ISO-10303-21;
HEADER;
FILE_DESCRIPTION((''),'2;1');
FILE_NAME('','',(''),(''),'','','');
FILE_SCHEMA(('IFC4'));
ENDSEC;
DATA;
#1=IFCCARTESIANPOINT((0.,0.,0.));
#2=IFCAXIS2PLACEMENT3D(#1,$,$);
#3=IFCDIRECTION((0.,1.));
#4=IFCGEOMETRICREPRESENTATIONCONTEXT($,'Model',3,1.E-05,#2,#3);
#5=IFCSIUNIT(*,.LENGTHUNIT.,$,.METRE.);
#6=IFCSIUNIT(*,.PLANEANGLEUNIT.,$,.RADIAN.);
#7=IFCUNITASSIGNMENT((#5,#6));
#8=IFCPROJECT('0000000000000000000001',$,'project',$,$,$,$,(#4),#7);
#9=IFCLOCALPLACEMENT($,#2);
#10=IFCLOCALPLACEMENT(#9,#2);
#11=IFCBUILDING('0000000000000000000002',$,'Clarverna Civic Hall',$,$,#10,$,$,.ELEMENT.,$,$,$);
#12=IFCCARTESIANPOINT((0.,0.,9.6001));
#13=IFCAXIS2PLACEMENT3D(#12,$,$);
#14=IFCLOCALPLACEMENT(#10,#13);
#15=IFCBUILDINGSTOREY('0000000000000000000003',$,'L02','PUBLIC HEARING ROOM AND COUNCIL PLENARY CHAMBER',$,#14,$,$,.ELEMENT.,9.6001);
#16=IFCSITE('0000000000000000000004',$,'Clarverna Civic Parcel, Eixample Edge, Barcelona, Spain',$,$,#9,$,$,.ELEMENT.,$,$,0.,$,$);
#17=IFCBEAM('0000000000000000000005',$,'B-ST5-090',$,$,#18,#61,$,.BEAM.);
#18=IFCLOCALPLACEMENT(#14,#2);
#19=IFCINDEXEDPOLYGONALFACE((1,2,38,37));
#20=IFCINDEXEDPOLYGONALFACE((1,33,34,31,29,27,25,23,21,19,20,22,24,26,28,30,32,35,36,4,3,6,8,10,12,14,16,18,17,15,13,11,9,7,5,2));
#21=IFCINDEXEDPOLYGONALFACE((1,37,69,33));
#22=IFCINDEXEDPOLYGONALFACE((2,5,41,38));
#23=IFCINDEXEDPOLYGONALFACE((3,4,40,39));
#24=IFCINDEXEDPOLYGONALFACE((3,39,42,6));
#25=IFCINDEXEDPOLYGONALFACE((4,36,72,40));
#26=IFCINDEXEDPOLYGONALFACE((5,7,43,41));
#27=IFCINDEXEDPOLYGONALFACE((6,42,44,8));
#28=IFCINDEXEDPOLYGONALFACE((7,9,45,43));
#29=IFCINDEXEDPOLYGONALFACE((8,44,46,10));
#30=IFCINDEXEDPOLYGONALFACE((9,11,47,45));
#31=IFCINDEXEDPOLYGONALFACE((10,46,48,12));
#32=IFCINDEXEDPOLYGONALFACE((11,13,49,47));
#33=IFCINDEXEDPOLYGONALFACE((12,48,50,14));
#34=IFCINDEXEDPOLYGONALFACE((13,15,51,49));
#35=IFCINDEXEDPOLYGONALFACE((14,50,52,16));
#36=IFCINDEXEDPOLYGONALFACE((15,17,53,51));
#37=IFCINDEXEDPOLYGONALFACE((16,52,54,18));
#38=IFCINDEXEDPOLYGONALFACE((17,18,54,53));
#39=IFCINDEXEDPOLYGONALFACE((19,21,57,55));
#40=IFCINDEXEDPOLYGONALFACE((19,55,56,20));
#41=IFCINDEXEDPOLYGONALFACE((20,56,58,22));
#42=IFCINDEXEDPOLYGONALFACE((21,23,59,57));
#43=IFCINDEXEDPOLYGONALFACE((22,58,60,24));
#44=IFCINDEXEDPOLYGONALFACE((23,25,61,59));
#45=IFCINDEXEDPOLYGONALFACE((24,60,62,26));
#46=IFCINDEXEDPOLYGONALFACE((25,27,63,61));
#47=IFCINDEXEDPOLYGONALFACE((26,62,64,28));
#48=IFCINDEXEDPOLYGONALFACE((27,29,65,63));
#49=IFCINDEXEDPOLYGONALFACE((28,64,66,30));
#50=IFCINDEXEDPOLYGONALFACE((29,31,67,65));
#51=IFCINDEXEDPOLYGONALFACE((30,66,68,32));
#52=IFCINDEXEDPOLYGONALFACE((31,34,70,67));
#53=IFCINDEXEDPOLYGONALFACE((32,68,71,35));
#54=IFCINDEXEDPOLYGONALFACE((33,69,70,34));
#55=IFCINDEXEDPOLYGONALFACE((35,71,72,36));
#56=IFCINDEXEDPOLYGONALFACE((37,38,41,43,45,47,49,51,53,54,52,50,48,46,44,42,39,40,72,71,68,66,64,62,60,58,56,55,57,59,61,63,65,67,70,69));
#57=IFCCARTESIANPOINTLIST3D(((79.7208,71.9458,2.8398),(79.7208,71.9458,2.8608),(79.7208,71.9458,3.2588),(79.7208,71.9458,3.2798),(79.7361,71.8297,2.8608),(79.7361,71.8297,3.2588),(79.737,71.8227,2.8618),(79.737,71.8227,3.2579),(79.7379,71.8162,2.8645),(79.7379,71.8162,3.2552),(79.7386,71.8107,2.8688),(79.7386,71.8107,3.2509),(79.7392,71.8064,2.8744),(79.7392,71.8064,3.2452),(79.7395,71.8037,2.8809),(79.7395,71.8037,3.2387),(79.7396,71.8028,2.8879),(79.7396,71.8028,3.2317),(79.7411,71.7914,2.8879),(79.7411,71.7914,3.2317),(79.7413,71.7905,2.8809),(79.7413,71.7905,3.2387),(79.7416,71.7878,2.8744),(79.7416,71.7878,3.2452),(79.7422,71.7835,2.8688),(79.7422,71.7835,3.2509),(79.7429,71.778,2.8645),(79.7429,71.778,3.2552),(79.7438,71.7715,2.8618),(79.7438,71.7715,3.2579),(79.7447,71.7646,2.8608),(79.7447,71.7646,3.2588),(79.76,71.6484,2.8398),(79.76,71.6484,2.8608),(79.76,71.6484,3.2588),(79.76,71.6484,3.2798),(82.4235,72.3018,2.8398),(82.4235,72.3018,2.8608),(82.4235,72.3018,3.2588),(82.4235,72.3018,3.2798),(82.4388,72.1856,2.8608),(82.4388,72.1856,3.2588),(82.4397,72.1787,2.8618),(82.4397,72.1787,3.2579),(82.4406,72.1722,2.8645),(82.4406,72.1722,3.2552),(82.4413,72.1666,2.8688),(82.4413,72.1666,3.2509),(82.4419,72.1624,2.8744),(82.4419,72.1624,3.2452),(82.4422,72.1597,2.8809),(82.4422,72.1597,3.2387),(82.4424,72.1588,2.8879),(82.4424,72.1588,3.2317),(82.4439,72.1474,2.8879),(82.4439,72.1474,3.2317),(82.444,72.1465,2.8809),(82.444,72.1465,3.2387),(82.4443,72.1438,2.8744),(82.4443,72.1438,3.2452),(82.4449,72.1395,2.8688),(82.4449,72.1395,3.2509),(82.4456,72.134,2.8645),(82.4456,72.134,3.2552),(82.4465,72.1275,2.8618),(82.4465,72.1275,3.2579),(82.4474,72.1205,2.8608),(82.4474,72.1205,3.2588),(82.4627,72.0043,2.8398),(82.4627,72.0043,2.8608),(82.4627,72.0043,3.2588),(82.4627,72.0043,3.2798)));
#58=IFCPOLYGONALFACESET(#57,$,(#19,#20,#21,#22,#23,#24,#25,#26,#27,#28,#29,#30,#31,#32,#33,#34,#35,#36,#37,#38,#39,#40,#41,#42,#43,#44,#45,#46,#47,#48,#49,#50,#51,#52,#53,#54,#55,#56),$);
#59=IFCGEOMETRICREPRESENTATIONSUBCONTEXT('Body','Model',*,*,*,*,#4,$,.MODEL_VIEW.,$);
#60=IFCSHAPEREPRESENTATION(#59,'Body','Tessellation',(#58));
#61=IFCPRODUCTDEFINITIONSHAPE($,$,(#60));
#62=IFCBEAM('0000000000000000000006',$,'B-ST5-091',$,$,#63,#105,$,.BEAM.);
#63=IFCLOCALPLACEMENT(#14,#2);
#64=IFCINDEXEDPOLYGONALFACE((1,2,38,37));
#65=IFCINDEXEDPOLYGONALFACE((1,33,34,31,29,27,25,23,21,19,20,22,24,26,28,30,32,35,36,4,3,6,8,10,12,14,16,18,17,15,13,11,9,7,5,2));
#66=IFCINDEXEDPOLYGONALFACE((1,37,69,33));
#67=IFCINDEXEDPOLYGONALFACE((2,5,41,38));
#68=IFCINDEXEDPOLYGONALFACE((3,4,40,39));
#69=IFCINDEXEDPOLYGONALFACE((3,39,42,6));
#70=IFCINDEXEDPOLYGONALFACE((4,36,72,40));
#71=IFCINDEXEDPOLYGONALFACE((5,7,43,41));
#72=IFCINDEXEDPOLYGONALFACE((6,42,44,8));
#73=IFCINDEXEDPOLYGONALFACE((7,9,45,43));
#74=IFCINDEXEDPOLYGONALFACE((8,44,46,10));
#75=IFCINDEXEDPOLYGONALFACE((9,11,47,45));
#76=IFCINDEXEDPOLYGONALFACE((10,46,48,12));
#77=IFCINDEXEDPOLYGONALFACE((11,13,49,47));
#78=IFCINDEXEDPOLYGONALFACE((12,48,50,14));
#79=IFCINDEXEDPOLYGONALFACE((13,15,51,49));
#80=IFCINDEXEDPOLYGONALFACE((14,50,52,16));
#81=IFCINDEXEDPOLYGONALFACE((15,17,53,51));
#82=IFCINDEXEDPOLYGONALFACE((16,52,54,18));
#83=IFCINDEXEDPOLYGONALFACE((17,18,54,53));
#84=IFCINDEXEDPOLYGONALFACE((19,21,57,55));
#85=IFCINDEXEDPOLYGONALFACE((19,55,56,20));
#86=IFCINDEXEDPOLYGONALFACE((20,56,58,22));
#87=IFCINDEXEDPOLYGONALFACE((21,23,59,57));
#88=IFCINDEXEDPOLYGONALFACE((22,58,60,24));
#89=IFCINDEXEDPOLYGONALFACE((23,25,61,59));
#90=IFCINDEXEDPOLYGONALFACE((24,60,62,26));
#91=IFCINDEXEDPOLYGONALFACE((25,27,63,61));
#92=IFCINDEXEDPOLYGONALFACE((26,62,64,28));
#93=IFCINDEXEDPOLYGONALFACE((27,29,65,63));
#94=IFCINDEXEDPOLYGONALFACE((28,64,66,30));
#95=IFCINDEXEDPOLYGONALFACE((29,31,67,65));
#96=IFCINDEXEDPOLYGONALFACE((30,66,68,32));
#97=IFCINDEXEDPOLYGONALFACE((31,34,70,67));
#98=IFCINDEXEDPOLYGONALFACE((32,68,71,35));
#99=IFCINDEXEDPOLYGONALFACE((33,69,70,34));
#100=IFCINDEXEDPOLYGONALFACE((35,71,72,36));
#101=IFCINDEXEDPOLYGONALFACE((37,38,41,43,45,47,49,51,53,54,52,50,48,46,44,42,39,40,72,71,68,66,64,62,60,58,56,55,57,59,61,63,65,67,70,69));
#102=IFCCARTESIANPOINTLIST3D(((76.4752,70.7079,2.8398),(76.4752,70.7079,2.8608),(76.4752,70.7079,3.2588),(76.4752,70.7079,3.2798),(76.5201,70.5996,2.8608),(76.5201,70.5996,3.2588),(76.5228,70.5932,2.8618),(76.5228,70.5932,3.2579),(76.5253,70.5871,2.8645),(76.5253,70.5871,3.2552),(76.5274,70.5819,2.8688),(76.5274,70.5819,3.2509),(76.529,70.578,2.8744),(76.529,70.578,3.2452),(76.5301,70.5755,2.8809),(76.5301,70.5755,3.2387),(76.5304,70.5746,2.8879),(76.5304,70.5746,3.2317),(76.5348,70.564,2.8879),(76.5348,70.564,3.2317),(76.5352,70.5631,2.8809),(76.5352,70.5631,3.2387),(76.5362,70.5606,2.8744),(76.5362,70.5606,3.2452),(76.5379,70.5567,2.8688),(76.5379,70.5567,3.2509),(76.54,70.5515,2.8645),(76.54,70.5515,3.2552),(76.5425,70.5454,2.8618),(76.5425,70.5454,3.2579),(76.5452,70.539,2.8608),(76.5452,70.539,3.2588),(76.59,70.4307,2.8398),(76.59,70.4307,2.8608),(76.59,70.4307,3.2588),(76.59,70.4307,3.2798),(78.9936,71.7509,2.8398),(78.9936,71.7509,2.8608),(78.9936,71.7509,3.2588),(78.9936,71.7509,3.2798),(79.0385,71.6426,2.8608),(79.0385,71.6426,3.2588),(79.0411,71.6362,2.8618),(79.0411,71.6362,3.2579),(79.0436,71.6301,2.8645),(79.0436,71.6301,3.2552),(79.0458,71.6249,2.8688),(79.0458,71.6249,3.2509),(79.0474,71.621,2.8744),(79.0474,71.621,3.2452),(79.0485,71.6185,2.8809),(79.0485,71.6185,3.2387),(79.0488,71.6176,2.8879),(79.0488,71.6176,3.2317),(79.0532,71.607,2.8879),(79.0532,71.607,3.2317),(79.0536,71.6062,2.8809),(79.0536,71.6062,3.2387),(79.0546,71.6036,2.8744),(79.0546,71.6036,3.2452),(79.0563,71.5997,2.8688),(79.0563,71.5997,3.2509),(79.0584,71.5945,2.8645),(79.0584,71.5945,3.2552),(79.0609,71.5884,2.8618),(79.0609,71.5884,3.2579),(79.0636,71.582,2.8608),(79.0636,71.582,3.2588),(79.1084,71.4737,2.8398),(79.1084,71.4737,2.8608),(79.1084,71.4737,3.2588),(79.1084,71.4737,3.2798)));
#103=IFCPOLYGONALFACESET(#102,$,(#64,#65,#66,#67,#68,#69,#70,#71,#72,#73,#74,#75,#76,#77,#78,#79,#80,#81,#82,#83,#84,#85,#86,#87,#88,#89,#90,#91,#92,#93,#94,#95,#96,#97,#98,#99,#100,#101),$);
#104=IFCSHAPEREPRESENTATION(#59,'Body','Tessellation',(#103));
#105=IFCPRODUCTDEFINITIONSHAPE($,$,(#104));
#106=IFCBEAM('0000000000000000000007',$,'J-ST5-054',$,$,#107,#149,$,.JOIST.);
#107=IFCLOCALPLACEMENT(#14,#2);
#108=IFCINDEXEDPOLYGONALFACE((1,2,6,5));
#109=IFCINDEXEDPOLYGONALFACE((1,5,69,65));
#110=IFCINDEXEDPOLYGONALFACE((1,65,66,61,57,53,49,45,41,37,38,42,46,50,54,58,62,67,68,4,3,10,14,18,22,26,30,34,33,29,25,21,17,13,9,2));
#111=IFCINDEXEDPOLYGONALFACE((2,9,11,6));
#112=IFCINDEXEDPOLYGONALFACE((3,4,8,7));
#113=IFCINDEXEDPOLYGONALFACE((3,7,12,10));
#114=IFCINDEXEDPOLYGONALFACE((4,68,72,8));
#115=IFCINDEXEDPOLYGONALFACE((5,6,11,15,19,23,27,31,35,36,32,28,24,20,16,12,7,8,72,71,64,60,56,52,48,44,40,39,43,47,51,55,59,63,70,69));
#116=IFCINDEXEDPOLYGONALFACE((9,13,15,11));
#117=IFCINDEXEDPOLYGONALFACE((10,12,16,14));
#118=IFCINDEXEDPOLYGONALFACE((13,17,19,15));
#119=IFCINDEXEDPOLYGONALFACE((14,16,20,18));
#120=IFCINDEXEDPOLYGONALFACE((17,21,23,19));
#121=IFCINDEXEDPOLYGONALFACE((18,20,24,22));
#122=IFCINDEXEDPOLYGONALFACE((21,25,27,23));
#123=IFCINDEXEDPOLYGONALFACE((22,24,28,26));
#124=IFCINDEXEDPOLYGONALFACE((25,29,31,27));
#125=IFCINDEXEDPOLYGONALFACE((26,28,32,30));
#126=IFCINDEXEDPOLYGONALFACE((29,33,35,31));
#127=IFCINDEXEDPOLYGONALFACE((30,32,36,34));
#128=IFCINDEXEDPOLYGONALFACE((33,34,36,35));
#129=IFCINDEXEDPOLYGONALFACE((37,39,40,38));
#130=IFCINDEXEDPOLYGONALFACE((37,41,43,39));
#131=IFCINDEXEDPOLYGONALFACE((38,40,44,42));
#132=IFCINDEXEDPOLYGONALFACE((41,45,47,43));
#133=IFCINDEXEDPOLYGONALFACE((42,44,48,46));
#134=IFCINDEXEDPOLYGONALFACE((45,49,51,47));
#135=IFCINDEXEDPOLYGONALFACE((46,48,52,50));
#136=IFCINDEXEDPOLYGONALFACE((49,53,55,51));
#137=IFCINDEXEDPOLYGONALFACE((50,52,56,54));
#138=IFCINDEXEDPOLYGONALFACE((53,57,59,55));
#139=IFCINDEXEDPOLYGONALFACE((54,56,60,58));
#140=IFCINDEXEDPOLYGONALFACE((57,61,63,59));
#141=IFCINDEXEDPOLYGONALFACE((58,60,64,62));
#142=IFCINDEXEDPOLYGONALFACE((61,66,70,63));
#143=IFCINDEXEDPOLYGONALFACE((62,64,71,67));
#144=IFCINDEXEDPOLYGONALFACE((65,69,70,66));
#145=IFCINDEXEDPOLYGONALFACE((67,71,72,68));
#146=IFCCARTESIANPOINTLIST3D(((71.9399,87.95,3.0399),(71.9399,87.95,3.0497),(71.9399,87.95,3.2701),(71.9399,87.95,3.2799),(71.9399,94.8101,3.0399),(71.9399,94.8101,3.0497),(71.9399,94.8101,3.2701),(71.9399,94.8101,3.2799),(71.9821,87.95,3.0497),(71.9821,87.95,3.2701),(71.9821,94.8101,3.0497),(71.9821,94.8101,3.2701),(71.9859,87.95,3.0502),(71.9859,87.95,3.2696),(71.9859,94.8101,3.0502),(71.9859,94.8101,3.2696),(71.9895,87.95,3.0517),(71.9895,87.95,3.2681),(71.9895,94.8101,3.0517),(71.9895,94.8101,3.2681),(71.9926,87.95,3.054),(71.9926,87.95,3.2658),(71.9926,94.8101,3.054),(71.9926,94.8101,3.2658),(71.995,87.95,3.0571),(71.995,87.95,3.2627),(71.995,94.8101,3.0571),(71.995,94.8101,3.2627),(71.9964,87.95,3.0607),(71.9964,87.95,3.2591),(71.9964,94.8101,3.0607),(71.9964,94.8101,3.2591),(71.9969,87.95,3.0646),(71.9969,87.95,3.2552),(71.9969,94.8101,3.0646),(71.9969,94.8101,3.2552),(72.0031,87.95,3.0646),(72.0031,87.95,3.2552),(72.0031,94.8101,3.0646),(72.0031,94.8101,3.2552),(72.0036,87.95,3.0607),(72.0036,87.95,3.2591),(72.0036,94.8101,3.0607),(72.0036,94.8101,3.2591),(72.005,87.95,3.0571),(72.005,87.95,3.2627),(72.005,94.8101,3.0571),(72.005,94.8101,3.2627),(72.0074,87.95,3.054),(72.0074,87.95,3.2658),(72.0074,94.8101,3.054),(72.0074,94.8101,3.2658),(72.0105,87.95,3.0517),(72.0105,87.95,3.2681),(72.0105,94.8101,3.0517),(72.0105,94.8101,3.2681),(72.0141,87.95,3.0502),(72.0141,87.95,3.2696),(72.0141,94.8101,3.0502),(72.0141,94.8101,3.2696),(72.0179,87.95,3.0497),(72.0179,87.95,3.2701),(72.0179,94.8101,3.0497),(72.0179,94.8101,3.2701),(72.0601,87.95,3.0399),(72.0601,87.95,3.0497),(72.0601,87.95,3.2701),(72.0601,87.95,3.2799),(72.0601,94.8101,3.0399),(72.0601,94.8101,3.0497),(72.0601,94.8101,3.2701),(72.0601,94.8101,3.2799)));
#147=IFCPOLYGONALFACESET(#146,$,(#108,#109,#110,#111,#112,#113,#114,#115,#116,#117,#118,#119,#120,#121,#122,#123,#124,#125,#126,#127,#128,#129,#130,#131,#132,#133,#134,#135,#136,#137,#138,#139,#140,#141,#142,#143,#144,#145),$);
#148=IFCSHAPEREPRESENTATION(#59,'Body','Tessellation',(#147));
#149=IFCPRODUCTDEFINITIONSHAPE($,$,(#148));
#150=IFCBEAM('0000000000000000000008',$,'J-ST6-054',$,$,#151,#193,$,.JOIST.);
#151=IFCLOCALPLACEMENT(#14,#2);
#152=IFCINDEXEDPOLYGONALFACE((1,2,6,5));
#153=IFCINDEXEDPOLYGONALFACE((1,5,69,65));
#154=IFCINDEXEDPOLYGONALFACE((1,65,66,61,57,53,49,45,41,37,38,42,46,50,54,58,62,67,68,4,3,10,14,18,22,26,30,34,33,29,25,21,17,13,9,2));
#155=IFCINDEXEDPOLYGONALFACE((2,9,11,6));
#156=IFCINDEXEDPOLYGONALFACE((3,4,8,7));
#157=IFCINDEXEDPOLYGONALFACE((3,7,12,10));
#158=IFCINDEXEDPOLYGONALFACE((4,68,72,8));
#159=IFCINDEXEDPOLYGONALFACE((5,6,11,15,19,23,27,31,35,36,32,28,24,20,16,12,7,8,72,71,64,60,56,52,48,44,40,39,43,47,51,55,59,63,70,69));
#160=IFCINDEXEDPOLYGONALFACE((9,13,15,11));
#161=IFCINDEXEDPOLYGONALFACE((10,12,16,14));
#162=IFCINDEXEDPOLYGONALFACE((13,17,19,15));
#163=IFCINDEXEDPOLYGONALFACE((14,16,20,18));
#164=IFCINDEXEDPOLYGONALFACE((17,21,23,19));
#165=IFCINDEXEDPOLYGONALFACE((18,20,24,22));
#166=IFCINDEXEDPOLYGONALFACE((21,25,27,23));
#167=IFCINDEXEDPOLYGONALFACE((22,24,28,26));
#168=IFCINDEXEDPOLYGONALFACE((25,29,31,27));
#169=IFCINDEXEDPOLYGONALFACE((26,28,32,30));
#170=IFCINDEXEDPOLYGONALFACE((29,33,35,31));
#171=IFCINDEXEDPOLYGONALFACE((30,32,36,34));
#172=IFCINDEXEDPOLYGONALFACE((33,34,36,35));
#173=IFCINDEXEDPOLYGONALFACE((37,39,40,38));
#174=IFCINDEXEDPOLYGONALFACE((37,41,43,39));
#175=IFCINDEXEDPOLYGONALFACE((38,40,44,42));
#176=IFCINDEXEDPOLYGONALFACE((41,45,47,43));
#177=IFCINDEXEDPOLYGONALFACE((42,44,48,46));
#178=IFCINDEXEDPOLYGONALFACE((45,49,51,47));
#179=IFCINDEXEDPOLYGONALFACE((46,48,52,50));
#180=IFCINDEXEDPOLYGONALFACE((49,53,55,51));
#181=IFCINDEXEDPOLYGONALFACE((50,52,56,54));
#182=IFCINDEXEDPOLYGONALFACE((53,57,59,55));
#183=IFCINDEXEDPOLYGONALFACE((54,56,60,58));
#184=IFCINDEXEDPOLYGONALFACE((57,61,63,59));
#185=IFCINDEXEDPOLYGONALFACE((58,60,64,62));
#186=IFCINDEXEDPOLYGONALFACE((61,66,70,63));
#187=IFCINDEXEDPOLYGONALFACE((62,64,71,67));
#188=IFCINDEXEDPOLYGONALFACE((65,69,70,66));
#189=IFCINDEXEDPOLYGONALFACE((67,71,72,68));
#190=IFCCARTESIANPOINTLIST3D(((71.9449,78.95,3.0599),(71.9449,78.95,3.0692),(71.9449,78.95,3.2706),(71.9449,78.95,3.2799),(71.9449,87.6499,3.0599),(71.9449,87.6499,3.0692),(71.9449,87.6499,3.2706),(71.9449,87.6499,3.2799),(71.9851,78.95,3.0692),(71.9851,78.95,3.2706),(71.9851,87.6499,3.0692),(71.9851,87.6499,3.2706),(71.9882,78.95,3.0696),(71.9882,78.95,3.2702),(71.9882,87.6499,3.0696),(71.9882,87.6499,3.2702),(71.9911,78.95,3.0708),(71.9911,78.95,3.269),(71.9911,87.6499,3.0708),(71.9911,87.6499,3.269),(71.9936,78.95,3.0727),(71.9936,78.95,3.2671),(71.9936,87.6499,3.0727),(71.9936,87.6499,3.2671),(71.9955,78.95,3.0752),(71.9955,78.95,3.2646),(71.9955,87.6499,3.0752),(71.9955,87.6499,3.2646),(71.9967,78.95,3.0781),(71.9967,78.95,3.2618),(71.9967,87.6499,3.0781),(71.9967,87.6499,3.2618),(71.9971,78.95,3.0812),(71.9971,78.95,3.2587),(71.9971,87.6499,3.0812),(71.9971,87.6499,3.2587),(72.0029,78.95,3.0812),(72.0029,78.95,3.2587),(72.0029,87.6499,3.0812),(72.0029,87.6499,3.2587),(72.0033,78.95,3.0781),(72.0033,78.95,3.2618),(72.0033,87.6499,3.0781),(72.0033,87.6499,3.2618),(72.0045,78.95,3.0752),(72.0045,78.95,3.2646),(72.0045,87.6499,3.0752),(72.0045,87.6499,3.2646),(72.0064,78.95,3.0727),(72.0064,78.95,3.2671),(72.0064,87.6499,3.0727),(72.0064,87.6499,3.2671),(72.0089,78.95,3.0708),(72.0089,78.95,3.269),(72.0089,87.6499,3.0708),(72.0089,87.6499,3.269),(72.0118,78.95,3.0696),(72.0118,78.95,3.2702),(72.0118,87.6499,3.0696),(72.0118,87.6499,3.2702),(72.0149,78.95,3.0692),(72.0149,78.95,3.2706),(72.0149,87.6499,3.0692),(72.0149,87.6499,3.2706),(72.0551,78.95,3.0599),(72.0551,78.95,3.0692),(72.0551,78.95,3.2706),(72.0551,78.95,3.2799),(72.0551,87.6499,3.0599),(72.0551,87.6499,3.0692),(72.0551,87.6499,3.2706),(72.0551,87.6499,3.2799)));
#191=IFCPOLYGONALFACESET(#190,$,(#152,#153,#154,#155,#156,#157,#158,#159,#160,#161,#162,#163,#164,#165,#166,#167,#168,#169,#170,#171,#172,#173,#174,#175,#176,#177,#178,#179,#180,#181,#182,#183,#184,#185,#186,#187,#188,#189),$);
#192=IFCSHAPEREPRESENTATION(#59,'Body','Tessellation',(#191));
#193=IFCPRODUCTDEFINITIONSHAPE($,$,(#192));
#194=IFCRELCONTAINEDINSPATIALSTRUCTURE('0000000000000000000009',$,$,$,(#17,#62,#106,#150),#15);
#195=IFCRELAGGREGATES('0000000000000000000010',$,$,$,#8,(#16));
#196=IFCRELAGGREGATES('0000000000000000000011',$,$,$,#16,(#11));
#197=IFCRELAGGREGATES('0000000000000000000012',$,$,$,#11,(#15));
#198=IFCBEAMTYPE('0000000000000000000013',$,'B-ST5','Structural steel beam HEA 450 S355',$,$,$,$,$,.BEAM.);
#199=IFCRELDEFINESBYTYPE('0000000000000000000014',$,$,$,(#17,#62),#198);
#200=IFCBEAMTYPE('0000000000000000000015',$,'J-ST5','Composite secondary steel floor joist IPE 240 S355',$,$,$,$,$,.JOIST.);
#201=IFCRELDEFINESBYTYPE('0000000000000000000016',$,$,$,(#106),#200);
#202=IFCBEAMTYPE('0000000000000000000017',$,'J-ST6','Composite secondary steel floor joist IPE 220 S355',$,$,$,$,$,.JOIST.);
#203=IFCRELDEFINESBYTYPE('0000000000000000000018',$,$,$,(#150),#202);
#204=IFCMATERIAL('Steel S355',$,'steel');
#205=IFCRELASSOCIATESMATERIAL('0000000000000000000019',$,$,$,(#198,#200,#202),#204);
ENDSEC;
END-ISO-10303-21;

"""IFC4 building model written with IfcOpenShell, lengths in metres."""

from ifc_helpers import new_model, si_unit, direction, frame, origin, origin_2d, place, context, subcontext, project, spatial, i_section, extrude, material, material_profile, profile_set, type_object, element, save


model = new_model("IFC4")

# Units and contexts
model_context = context("Model", 3, precision=1e-05, world=origin(), true_north=direction((0.0, 1.0)))
body_context = subcontext(model_context, "Body", "Model", "MODEL_VIEW")
ifc_project = project(units=[si_unit("LENGTHUNIT", "METRE"), si_unit("PLANEANGLEUNIT", "RADIAN")], contexts=[model_context])

# Site, building, storey
site_placement = place(None, origin())
site = spatial("IfcSite", under=ifc_project, at=site_placement, Name="Clarverna Civic Parcel, Eixample Edge, Barcelona, Spain", CompositionType="ELEMENT", RefElevation=0.0)
building_placement = place(site_placement, origin())
building = spatial("IfcBuilding", under=site, at=building_placement, Name="Clarverna Civic Hall", CompositionType="ELEMENT")
storey_placement = place(building_placement, frame((0.0, 0.0, 9.6001)))
storey = spatial("IfcBuildingStorey", under=building, at=storey_placement, Name="L02", Description="PUBLIC HEARING ROOM AND COUNCIL PLENARY CHAMBER", CompositionType="ELEMENT", Elevation=9.6001)

# Beams
ifc_material_1 = material(Name="Steel S355", Category="steel")
ifc_material_profile_1 = material_profile(ifc_material_1, i_section(OverallWidth=0.3, OverallDepth=0.4399, WebThickness=0.0115, FlangeThickness=0.021, FilletRadius=0.0271, at=origin_2d()), Name="HEA 450")
ifc_profile_set_1 = profile_set([ifc_material_profile_1], Name="Steel S355")
beam_type_1 = type_object("IfcBeamType", Name="B-ST5", Description="Structural steel beam HEA 450 S355", PredefinedType="BEAM", material=ifc_profile_set_1)
beam_1_placement = place(storey_placement, frame((82.4431, 72.1531, 3.0598), z_axis=(-0.991438, -0.13058, 0.0), x_axis=(0.13058, -0.991438, 0.0)))
element("IfcBeam", 1, at=beam_1_placement, inside=storey, type_object=beam_type_1, Name="B-ST5-090", PredefinedType="BEAM", context=body_context, shape_type="SweptSolid", body=[
    extrude(i_section(OverallWidth=0.3, OverallDepth=0.4399, WebThickness=0.0115, FlangeThickness=0.021, FilletRadius=0.0271, at=origin_2d()), origin(), (0.0, 0.0, 1.0), 2.7261),
])
beam_2_placement = place(storey_placement, frame((79.051, 71.6123, 3.0598), z_axis=(-0.923899, -0.382637, 0.0), x_axis=(0.382637, -0.923899, 0.0)))
element("IfcBeam", 2, at=beam_2_placement, inside=storey, type_object=beam_type_1, Name="B-ST5-091", PredefinedType="BEAM", context=body_context, shape_type="SweptSolid", body=[
    extrude(i_section(OverallWidth=0.3, OverallDepth=0.4399, WebThickness=0.0115, FlangeThickness=0.021, FilletRadius=0.0271, at=origin_2d()), origin(), (0.0, 0.0, 1.0), 2.7258),
])
ifc_material_profile_2 = material_profile(ifc_material_1, i_section(OverallWidth=0.1201, OverallDepth=0.24, WebThickness=0.0061, FlangeThickness=0.0098, FilletRadius=0.0149, at=origin_2d()), Name="IPE 240")
ifc_profile_set_2 = profile_set([ifc_material_profile_2], Name="Steel S355")
beam_type_2 = type_object("IfcBeamType", Name="J-ST5", Description="Composite secondary steel floor joist IPE 240 S355", PredefinedType="JOIST", material=ifc_profile_set_2)
beam_3_placement = place(storey_placement, frame((72.0, 87.95, 3.1599), z_axis=(0.0, 1.0, 0.0), x_axis=(-1.0, 0.0, 0.0)))
element("IfcBeam", 3, at=beam_3_placement, inside=storey, type_object=beam_type_2, Name="J-ST5-054", PredefinedType="JOIST", context=body_context, shape_type="SweptSolid", body=[
    extrude(i_section(OverallWidth=0.1201, OverallDepth=0.24, WebThickness=0.0061, FlangeThickness=0.0098, FilletRadius=0.0149, at=origin_2d()), origin(), (0.0, 0.0, 1.0), 6.8601),
])
ifc_material_profile_3 = material_profile(ifc_material_1, i_section(OverallWidth=0.1101, OverallDepth=0.22, WebThickness=0.0059, FlangeThickness=0.0093, FilletRadius=0.012, at=origin_2d()), Name="IPE 220")
ifc_profile_set_3 = profile_set([ifc_material_profile_3], Name="Steel S355")
beam_type_3 = type_object("IfcBeamType", Name="J-ST6", Description="Composite secondary steel floor joist IPE 220 S355", PredefinedType="JOIST", material=ifc_profile_set_3)
beam_4_placement = place(storey_placement, frame((72.0, 78.95, 3.1699), z_axis=(0.0, 1.0, 0.0), x_axis=(-1.0, 0.0, 0.0)))
element("IfcBeam", 4, at=beam_4_placement, inside=storey, type_object=beam_type_3, Name="J-ST6-054", PredefinedType="JOIST", context=body_context, shape_type="SweptSolid", body=[
    extrude(i_section(OverallWidth=0.1101, OverallDepth=0.22, WebThickness=0.0059, FlangeThickness=0.0093, FilletRadius=0.012, at=origin_2d()), origin(), (0.0, 0.0, 1.0), 8.7),
])

save(model, "model.ifc")
